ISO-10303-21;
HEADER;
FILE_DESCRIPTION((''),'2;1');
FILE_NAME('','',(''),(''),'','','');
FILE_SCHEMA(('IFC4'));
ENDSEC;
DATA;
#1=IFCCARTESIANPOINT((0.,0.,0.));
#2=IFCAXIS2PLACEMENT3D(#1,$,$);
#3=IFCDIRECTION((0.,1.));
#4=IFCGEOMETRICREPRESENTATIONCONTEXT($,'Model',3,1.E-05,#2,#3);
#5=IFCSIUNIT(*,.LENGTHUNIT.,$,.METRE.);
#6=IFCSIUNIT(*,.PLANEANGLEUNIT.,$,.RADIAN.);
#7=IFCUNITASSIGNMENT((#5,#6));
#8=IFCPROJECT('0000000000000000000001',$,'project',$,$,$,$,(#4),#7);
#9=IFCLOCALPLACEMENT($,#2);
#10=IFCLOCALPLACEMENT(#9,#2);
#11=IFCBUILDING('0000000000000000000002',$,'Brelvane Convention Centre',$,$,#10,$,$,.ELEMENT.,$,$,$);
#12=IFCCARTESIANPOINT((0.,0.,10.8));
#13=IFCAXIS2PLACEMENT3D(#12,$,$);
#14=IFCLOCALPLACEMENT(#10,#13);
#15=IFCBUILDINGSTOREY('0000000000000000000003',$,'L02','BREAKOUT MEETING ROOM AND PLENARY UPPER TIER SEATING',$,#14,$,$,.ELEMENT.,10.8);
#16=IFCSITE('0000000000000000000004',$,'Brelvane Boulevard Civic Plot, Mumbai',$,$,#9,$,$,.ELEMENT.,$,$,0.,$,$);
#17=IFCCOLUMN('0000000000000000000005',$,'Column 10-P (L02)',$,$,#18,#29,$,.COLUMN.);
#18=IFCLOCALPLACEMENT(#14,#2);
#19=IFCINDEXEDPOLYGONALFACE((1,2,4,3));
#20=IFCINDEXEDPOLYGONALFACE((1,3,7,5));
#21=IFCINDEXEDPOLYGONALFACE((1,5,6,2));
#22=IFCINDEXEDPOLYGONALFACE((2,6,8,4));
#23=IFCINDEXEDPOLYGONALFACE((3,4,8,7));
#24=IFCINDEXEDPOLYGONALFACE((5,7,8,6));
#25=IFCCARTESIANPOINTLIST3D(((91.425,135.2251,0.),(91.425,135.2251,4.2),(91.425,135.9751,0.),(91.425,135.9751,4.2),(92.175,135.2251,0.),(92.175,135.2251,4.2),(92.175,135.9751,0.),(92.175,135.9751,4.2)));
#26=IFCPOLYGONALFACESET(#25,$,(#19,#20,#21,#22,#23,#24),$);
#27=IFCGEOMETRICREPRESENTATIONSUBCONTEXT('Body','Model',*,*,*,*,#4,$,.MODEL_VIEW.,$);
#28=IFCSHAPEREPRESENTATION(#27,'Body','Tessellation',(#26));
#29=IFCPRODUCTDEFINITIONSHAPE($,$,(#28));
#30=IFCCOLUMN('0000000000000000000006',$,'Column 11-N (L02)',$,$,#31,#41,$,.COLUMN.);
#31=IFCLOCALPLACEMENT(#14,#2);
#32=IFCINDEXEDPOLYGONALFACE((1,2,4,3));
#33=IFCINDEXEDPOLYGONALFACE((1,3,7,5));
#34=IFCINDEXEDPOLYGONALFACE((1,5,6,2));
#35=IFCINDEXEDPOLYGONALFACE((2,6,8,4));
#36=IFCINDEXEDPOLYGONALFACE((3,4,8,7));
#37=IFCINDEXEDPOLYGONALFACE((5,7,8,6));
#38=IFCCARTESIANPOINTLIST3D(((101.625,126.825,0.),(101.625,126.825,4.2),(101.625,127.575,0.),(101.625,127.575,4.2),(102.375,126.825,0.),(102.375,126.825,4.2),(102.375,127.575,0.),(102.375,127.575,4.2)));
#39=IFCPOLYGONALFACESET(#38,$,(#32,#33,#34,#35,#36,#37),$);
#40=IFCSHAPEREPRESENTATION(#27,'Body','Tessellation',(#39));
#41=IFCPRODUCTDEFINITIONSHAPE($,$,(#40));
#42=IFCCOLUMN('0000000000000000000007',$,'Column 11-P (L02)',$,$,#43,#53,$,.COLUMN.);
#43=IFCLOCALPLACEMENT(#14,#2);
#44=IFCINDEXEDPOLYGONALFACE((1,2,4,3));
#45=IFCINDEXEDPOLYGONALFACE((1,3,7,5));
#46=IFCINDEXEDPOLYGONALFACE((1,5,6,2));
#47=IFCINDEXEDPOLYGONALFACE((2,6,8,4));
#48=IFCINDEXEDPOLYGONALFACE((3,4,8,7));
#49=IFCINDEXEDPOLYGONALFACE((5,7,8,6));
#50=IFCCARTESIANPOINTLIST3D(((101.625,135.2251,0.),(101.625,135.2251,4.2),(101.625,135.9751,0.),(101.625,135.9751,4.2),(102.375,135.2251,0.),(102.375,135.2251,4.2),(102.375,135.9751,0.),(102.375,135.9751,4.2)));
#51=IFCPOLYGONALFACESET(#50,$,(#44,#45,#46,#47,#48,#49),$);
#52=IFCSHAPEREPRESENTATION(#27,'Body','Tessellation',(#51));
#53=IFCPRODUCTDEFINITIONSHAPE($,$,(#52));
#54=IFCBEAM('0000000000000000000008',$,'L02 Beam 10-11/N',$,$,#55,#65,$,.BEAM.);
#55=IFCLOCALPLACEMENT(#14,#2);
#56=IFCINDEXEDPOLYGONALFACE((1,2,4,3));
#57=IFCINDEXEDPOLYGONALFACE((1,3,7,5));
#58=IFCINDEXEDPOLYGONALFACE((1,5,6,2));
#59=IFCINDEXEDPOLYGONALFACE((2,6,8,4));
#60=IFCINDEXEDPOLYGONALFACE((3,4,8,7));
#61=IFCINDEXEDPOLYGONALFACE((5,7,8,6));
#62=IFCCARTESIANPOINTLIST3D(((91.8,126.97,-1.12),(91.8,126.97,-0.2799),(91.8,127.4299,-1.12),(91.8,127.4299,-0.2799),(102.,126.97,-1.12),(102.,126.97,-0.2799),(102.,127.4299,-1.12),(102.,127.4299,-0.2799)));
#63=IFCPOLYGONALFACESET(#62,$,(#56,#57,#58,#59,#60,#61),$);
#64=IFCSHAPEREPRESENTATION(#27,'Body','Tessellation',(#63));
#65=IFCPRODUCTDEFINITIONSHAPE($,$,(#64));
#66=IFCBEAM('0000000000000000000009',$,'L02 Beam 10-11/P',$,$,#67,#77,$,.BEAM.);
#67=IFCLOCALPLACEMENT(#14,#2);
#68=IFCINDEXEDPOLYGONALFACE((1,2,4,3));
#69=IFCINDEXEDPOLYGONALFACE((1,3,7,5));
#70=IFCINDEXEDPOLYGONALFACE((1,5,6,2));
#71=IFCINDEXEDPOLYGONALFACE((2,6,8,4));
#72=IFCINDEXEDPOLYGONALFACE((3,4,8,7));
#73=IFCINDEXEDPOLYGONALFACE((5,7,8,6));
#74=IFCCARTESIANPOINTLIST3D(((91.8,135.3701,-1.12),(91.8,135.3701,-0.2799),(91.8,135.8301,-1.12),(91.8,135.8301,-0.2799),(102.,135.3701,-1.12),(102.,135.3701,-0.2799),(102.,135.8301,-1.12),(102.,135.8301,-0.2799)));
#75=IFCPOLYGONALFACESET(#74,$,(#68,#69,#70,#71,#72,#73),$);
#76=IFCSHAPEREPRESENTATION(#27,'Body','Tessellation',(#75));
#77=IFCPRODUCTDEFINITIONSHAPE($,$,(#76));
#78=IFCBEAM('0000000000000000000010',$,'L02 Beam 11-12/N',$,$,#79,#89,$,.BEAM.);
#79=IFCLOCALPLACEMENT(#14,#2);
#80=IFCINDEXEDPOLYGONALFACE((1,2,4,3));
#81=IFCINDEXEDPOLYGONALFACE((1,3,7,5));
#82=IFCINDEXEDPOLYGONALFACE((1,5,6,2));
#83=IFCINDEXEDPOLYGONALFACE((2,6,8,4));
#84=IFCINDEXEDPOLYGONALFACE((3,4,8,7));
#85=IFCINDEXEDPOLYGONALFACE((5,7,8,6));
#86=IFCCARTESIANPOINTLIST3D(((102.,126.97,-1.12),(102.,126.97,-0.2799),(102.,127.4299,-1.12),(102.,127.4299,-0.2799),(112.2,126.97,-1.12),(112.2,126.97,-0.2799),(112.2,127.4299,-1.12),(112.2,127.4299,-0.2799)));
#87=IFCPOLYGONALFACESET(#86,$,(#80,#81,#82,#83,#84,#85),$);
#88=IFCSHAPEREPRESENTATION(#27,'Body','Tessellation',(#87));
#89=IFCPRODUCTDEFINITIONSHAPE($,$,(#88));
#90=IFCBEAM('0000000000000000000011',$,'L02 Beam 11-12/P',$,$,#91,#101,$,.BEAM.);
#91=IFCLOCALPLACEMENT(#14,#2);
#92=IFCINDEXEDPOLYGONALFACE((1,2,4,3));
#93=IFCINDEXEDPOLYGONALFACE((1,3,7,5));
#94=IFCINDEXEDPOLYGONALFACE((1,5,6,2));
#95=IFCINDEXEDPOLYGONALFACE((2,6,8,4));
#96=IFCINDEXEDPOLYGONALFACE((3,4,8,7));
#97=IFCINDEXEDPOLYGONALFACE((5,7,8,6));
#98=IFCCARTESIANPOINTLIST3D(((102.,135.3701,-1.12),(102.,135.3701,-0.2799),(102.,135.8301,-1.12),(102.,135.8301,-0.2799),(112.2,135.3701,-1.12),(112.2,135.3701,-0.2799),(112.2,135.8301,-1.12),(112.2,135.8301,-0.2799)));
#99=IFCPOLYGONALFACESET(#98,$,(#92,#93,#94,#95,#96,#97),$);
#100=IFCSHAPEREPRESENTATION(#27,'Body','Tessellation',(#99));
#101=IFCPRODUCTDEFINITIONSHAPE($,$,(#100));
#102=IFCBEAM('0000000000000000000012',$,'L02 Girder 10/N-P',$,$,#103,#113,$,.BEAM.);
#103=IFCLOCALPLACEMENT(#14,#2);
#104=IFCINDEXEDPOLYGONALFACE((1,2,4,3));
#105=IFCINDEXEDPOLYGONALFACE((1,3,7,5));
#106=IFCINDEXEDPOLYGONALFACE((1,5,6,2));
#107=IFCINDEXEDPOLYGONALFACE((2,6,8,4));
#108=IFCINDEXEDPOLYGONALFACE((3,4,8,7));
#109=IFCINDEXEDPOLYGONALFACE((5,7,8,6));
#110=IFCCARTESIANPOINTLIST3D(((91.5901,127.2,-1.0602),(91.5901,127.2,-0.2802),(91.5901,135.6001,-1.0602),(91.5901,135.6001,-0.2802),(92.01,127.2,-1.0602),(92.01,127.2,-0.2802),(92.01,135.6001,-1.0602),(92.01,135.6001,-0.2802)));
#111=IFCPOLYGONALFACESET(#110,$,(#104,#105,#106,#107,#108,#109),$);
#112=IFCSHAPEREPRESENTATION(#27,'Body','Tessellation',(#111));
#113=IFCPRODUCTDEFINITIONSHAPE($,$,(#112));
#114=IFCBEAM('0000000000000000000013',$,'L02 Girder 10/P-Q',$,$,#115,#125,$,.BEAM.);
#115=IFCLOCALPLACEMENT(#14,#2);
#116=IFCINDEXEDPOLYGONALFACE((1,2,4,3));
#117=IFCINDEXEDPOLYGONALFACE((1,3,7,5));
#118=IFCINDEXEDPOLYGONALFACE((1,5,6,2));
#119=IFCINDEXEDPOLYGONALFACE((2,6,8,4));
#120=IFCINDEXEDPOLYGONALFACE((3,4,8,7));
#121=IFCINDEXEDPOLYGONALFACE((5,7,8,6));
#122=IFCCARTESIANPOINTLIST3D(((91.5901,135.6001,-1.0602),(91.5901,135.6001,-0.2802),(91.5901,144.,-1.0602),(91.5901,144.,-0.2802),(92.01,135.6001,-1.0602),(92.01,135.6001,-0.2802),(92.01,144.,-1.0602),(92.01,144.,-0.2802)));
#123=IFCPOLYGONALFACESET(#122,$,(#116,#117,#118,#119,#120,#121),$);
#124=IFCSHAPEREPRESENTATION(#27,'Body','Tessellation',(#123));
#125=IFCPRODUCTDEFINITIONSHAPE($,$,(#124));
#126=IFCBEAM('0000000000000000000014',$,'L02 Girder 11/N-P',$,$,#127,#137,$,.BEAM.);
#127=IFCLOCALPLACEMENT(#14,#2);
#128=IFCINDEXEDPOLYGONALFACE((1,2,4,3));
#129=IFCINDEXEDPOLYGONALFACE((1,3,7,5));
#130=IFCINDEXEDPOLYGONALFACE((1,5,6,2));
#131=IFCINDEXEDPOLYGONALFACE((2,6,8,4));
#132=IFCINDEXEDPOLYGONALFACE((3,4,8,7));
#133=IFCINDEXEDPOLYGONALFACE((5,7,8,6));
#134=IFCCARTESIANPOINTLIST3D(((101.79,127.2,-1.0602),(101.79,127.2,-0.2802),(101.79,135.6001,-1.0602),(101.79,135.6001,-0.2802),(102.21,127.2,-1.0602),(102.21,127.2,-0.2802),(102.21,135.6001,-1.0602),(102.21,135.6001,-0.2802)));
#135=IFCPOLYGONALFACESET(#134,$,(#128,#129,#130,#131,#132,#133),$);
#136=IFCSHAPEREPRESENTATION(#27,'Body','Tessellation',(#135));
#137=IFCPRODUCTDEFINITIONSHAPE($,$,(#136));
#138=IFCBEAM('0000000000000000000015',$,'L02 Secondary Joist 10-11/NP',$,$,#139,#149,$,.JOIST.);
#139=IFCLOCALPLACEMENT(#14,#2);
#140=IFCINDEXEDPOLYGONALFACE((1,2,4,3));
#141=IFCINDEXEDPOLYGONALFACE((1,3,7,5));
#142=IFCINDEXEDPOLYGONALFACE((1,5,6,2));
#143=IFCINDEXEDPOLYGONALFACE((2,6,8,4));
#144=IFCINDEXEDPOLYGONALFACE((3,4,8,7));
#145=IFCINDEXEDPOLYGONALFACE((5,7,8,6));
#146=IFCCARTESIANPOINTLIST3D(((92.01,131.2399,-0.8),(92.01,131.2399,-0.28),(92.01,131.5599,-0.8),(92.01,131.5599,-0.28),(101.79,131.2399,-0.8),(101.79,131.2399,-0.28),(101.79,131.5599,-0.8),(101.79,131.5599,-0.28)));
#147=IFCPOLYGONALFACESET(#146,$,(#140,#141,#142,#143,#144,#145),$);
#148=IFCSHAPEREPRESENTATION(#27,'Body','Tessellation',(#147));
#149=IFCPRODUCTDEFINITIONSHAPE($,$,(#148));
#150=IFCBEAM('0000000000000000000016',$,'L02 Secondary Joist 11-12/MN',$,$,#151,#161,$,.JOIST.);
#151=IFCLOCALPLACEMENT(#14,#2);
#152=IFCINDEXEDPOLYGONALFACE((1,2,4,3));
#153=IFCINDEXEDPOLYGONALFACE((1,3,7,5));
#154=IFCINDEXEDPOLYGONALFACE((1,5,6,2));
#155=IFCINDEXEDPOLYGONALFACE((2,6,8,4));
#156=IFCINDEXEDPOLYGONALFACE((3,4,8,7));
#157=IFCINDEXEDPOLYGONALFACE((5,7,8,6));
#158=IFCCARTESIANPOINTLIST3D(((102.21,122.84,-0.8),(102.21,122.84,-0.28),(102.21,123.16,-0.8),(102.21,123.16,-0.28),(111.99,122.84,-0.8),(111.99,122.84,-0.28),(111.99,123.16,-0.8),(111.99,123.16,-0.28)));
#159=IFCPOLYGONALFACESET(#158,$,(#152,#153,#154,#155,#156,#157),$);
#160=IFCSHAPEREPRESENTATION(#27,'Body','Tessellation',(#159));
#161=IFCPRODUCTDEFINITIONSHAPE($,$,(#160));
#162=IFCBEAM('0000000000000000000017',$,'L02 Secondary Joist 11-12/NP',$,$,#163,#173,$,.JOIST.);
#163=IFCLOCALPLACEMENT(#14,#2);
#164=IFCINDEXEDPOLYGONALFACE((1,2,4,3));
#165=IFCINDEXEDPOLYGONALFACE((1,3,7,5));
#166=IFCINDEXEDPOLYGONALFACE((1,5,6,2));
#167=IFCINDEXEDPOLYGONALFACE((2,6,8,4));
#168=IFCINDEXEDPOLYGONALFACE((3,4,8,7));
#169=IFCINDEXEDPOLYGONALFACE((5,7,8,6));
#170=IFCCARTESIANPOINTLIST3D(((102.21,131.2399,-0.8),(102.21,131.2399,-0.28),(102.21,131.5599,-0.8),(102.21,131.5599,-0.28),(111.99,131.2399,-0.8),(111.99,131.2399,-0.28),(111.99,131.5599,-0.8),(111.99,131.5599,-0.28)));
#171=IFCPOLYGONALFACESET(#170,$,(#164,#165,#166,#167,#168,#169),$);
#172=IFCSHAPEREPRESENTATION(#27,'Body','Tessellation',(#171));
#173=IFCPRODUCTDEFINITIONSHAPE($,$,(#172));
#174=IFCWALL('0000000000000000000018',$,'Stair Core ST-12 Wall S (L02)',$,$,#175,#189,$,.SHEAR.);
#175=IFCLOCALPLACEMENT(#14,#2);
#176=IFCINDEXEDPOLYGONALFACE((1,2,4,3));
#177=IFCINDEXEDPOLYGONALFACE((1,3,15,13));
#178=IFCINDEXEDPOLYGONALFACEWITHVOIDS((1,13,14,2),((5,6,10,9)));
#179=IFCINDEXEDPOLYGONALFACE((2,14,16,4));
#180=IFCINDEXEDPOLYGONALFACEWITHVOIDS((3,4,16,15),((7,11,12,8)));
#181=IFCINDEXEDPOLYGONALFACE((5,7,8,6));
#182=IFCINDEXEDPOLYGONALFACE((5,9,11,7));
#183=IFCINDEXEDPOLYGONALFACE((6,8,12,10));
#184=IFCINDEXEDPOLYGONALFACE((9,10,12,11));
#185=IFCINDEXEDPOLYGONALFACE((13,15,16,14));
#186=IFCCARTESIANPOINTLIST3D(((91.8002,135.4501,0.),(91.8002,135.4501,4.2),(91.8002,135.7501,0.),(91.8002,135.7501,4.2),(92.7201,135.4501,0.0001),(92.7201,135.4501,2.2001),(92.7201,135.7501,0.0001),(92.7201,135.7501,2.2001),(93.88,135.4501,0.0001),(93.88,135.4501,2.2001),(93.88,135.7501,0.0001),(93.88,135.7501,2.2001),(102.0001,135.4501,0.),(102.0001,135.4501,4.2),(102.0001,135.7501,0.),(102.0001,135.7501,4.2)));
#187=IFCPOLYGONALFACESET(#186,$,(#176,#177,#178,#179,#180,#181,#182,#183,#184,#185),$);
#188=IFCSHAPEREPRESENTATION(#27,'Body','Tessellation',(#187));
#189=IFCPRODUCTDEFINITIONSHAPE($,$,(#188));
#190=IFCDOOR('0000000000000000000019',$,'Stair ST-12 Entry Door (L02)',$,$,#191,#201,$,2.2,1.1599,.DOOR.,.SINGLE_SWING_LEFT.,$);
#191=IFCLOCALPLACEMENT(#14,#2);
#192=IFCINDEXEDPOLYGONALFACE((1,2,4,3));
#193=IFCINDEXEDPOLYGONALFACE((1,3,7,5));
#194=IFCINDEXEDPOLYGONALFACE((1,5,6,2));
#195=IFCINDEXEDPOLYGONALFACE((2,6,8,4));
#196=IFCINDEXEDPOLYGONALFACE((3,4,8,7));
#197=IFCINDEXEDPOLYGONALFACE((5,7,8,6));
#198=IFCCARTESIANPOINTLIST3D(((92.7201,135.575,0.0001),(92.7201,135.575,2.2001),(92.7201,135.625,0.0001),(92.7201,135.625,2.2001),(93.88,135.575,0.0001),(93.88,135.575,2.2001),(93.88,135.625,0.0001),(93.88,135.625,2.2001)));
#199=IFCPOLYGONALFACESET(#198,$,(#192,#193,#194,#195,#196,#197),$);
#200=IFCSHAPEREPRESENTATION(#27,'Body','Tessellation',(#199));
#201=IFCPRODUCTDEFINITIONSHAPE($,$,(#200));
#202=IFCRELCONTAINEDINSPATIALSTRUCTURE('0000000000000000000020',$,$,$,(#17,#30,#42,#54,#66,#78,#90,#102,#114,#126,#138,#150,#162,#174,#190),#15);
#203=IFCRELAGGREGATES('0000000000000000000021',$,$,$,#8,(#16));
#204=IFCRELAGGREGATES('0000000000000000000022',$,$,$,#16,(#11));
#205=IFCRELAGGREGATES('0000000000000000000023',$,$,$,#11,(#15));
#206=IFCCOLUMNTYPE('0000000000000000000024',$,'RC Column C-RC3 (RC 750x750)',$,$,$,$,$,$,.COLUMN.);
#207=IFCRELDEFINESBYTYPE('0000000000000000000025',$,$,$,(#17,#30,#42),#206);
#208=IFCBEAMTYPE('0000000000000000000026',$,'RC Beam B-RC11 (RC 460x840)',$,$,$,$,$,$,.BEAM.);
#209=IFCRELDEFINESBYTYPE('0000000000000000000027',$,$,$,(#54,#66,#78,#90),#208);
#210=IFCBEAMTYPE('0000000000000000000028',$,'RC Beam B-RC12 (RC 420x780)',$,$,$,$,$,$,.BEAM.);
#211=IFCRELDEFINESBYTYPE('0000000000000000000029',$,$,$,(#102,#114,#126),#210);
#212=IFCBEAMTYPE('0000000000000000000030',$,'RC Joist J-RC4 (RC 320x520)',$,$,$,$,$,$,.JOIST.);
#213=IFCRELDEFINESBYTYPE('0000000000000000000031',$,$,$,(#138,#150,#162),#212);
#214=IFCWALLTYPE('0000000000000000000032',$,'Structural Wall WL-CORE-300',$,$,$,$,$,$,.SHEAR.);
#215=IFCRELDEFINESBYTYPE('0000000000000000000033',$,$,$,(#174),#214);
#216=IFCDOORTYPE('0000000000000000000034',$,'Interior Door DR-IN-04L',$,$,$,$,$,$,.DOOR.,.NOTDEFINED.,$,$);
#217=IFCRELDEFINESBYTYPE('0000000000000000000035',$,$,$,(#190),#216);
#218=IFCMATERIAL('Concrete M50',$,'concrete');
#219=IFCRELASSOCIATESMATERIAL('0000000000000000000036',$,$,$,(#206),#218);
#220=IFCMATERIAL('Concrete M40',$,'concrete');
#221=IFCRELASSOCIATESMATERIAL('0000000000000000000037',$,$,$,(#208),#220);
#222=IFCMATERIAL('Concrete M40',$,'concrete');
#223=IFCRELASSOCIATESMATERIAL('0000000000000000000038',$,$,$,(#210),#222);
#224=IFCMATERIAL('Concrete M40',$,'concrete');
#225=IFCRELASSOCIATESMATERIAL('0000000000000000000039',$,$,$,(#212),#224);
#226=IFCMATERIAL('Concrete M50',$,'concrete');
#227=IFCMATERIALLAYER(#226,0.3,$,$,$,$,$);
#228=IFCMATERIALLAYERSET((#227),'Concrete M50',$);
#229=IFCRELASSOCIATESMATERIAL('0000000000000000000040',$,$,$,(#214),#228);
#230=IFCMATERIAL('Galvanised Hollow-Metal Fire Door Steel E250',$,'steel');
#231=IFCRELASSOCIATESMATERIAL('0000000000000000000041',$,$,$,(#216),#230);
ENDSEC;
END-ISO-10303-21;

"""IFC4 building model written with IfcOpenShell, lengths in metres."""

from ifc_helpers import new_model, si_unit, direction, frame, frame_2d, origin, origin_2d, place, context, subcontext, project, spatial, rectangle, extrude, material, layer, layer_set, material_profile, profile_set, type_object, element, fill, save


model = new_model("IFC4")

# Units and contexts
model_context = context("Model", 3, precision=1e-05, world=origin(), true_north=direction((0.0, 1.0)))
body_context = subcontext(model_context, "Body", "Model", "MODEL_VIEW")
ifc_project = project(units=[si_unit("LENGTHUNIT", "METRE"), si_unit("PLANEANGLEUNIT", "RADIAN")], contexts=[model_context])

# Site, building, storey
site_placement = place(None, origin())
site = spatial("IfcSite", under=ifc_project, at=site_placement, Name="Brelvane Boulevard Civic Plot, Mumbai", CompositionType="ELEMENT", RefElevation=0.0)
building_placement = place(site_placement, origin())
building = spatial("IfcBuilding", under=site, at=building_placement, Name="Brelvane Convention Centre", CompositionType="ELEMENT")
storey_placement = place(building_placement, frame((0.0, 0.0, 10.8)))
storey = spatial("IfcBuildingStorey", under=building, at=storey_placement, Name="L02", Description="BREAKOUT MEETING ROOM AND PLENARY UPPER TIER SEATING", CompositionType="ELEMENT", Elevation=10.8)

# Columns
ifc_material_1 = material(Name="Concrete M50", Category="concrete")
ifc_material_profile_1 = material_profile(ifc_material_1, rectangle(XDim=0.75, YDim=0.75, at=origin_2d()), Name="RC 750x750")
ifc_profile_set_1 = profile_set([ifc_material_profile_1], Name="Concrete M50")
column_type = type_object("IfcColumnType", Name="RC Column C-RC3 (RC 750x750)", PredefinedType="COLUMN", material=ifc_profile_set_1)
for number, where, z_axis, x_axis, name in (
    (1, (91.8, 135.6001, 0.0), (0.0, 0.0, 1.0), (1.0, 0.0, 0.0), "Column 10-P (L02)"),
    (2, (102.0, 127.2, 0.0), (0.0, 0.0, 1.0), (1.0, 0.0, 0.0), "Column 11-N (L02)"),
    (3, (102.0, 135.6001, 0.0), (0.0, 0.0, 1.0), (1.0, 0.0, 0.0), "Column 11-P (L02)"),
):
    element("IfcColumn", number, at=place(storey_placement, frame(where, z_axis=z_axis, x_axis=x_axis)), inside=storey, type_object=column_type, Name=name, PredefinedType="COLUMN", context=body_context, shape_type="SweptSolid", body=[
        extrude(rectangle(XDim=0.75, YDim=0.75, at=origin_2d()), origin(), (0.0, 0.0, 1.0), 4.2),
    ])

# Beams
ifc_material_2 = material(Name="Concrete M40", Category="concrete")
ifc_material_profile_2 = material_profile(ifc_material_2, rectangle(XDim=0.46, YDim=0.8401, at=origin_2d()), Name="RC 460x840")
ifc_profile_set_2 = profile_set([ifc_material_profile_2], Name="Concrete M40")
beam_type_1 = type_object("IfcBeamType", Name="RC Beam B-RC11 (RC 460x840)", PredefinedType="BEAM", material=ifc_profile_set_2)
for number, where, z_axis, x_axis, name in (
    (4, (91.8, 127.2, -0.7), (1.0, 0.0, 0.0), (0.0, 1.0, 0.0), "L02 Beam 10-11/N"),
    (5, (91.8, 135.6001, -0.7), (1.0, 0.0, 0.0), (0.0, 1.0, 0.0), "L02 Beam 10-11/P"),
    (6, (102.0, 127.2, -0.7), (1.0, 0.0, 0.0), (0.0, 1.0, 0.0), "L02 Beam 11-12/N"),
    (7, (102.0, 135.6001, -0.7), (1.0, 0.0, 0.0), (0.0, 1.0, 0.0), "L02 Beam 11-12/P"),
):
    element("IfcBeam", number, at=place(storey_placement, frame(where, z_axis=z_axis, x_axis=x_axis)), inside=storey, type_object=beam_type_1, Name=name, PredefinedType="BEAM", context=body_context, shape_type="SweptSolid", body=[
        extrude(rectangle(XDim=0.46, YDim=0.8401, at=origin_2d()), origin(), (0.0, 0.0, 1.0), 10.2),
    ])
ifc_material_3 = material(Name="Concrete M40", Category="concrete")
ifc_material_profile_3 = material_profile(ifc_material_3, rectangle(XDim=0.4199, YDim=0.78, at=origin_2d()), Name="RC 420x780")
ifc_profile_set_3 = profile_set([ifc_material_profile_3], Name="Concrete M40")
beam_type_2 = type_object("IfcBeamType", Name="RC Beam B-RC12 (RC 420x780)", PredefinedType="BEAM", material=ifc_profile_set_3)
beam_1_placement = place(storey_placement, frame((91.8, 127.2, -0.6702), z_axis=(0.0, 1.0, 0.0), x_axis=(-1.0, 0.0, 0.0)))
element("IfcBeam", 8, at=beam_1_placement, inside=storey, type_object=beam_type_2, Name="L02 Girder 10/N-P", PredefinedType="BEAM", context=body_context, shape_type="SweptSolid", body=[
    extrude(rectangle(XDim=0.4199, YDim=0.78, at=origin_2d()), origin(), (0.0, 0.0, 1.0), 8.4001),
])
beam_2_placement = place(storey_placement, frame((91.8, 135.6001, -0.6702), z_axis=(0.0, 1.0, 0.0), x_axis=(-1.0, 0.0, 0.0)))
element("IfcBeam", 9, at=beam_2_placement, inside=storey, type_object=beam_type_2, Name="L02 Girder 10/P-Q", PredefinedType="BEAM", context=body_context, shape_type="SweptSolid", body=[
    extrude(rectangle(XDim=0.4199, YDim=0.78, at=origin_2d()), origin(), (0.0, 0.0, 1.0), 8.3999),
])
beam_3_placement = place(storey_placement, frame((102.0, 127.2, -0.6702), z_axis=(0.0, 1.0, 0.0), x_axis=(-1.0, 0.0, 0.0)))
element("IfcBeam", 10, at=beam_3_placement, inside=storey, type_object=beam_type_2, Name="L02 Girder 11/N-P", PredefinedType="BEAM", context=body_context, shape_type="SweptSolid", body=[
    extrude(rectangle(XDim=0.4199, YDim=0.78, at=origin_2d()), origin(), (0.0, 0.0, 1.0), 8.4001),
])
ifc_material_4 = material(Name="Concrete M40", Category="concrete")
ifc_material_profile_4 = material_profile(ifc_material_4, rectangle(XDim=0.3201, YDim=0.52, at=origin_2d()), Name="RC 320x520")
ifc_profile_set_4 = profile_set([ifc_material_profile_4], Name="Concrete M40")
beam_type_3 = type_object("IfcBeamType", Name="RC Joist J-RC4 (RC 320x520)", PredefinedType="JOIST", material=ifc_profile_set_4)
for number, where, z_axis, x_axis, name in (
    (11, (92.01, 131.3999, -0.54), (1.0, 0.0, 0.0), (0.0, 1.0, 0.0), "L02 Secondary Joist 10-11/NP"),
    (12, (102.21, 123.0, -0.54), (1.0, 0.0, 0.0), (0.0, 1.0, 0.0), "L02 Secondary Joist 11-12/MN"),
    (13, (102.21, 131.3999, -0.54), (1.0, 0.0, 0.0), (0.0, 1.0, 0.0), "L02 Secondary Joist 11-12/NP"),
):
    element("IfcBeam", number, at=place(storey_placement, frame(where, z_axis=z_axis, x_axis=x_axis)), inside=storey, type_object=beam_type_3, Name=name, PredefinedType="JOIST", context=body_context, shape_type="SweptSolid", body=[
        extrude(rectangle(XDim=0.3201, YDim=0.52, at=origin_2d()), origin(), (0.0, 0.0, 1.0), 9.78),
    ])

# Wall, opening, door
ifc_material_5 = material(Name="Concrete M50", Category="concrete")
ifc_layer_1 = layer(ifc_material_5, 0.3)
ifc_layer_set_1 = layer_set([ifc_layer_1], Name="Concrete M50")
wall_type_1 = type_object("IfcWallType", Name="Structural Wall WL-CORE-300", PredefinedType="SHEAR", material=ifc_layer_set_1)
wall_1_placement = place(storey_placement, frame((91.8, 135.6001, 0.0), z_axis=(0.0, 0.0, 1.0), x_axis=(1.0, 0.0, 0.0)))
wall_1 = element("IfcWall", 14, at=wall_1_placement, inside=storey, type_object=wall_type_1, Name="Stair Core ST-12 Wall S (L02)", PredefinedType="SHEAR", context=body_context, shape_type="SweptSolid", body=[
    extrude(rectangle(XDim=10.2, YDim=0.3, at=frame_2d((5.1001, 0.0))), origin(), (0.0, 0.0, 1.0), 4.2),
])
opening_1_placement = place(wall_1_placement, frame((0.9199, 0.0, 0.0)))
opening_1 = element("IfcOpeningElement", 15, at=opening_1_placement, cuts=wall_1, PredefinedType="OPENING", context=body_context, shape_type="SweptSolid", body=[
    extrude(rectangle(XDim=1.1599, YDim=2.2, at=frame_2d((0.5801, 1.1001))), frame((0.0, 0.1599, 0.0), z_axis=(0.0, -1.0, 0.0), x_axis=(1.0, 0.0, 0.0)), (0.0, 0.0, 1.0), 0.3201),
])
ifc_material_6 = material(Name="Galvanised Hollow-Metal Fire Door Steel E250", Category="steel")
door_type_1 = type_object("IfcDoorType", Name="Interior Door DR-IN-04L", OperationType="NOTDEFINED", PredefinedType="DOOR", material=ifc_material_6)
door_1_placement = place(opening_1_placement, origin())
door_1 = element("IfcDoor", 16, at=door_1_placement, inside=storey, type_object=door_type_1, Name="Stair ST-12 Entry Door (L02)", OperationType="SINGLE_SWING_LEFT", OverallHeight=2.2, OverallWidth=1.1599, PredefinedType="DOOR", context=body_context, shape_type="SweptSolid", body=[
    extrude(rectangle(XDim=1.1599, YDim=2.2, at=frame_2d((0.5801, 1.1001))), frame((0.0, 0.0249, 0.0), z_axis=(0.0, -1.0, 0.0), x_axis=(1.0, 0.0, 0.0)), (0.0, 0.0, 1.0), 0.05),
])
fill(opening_1, door_1)

save(model, "model.ifc")
